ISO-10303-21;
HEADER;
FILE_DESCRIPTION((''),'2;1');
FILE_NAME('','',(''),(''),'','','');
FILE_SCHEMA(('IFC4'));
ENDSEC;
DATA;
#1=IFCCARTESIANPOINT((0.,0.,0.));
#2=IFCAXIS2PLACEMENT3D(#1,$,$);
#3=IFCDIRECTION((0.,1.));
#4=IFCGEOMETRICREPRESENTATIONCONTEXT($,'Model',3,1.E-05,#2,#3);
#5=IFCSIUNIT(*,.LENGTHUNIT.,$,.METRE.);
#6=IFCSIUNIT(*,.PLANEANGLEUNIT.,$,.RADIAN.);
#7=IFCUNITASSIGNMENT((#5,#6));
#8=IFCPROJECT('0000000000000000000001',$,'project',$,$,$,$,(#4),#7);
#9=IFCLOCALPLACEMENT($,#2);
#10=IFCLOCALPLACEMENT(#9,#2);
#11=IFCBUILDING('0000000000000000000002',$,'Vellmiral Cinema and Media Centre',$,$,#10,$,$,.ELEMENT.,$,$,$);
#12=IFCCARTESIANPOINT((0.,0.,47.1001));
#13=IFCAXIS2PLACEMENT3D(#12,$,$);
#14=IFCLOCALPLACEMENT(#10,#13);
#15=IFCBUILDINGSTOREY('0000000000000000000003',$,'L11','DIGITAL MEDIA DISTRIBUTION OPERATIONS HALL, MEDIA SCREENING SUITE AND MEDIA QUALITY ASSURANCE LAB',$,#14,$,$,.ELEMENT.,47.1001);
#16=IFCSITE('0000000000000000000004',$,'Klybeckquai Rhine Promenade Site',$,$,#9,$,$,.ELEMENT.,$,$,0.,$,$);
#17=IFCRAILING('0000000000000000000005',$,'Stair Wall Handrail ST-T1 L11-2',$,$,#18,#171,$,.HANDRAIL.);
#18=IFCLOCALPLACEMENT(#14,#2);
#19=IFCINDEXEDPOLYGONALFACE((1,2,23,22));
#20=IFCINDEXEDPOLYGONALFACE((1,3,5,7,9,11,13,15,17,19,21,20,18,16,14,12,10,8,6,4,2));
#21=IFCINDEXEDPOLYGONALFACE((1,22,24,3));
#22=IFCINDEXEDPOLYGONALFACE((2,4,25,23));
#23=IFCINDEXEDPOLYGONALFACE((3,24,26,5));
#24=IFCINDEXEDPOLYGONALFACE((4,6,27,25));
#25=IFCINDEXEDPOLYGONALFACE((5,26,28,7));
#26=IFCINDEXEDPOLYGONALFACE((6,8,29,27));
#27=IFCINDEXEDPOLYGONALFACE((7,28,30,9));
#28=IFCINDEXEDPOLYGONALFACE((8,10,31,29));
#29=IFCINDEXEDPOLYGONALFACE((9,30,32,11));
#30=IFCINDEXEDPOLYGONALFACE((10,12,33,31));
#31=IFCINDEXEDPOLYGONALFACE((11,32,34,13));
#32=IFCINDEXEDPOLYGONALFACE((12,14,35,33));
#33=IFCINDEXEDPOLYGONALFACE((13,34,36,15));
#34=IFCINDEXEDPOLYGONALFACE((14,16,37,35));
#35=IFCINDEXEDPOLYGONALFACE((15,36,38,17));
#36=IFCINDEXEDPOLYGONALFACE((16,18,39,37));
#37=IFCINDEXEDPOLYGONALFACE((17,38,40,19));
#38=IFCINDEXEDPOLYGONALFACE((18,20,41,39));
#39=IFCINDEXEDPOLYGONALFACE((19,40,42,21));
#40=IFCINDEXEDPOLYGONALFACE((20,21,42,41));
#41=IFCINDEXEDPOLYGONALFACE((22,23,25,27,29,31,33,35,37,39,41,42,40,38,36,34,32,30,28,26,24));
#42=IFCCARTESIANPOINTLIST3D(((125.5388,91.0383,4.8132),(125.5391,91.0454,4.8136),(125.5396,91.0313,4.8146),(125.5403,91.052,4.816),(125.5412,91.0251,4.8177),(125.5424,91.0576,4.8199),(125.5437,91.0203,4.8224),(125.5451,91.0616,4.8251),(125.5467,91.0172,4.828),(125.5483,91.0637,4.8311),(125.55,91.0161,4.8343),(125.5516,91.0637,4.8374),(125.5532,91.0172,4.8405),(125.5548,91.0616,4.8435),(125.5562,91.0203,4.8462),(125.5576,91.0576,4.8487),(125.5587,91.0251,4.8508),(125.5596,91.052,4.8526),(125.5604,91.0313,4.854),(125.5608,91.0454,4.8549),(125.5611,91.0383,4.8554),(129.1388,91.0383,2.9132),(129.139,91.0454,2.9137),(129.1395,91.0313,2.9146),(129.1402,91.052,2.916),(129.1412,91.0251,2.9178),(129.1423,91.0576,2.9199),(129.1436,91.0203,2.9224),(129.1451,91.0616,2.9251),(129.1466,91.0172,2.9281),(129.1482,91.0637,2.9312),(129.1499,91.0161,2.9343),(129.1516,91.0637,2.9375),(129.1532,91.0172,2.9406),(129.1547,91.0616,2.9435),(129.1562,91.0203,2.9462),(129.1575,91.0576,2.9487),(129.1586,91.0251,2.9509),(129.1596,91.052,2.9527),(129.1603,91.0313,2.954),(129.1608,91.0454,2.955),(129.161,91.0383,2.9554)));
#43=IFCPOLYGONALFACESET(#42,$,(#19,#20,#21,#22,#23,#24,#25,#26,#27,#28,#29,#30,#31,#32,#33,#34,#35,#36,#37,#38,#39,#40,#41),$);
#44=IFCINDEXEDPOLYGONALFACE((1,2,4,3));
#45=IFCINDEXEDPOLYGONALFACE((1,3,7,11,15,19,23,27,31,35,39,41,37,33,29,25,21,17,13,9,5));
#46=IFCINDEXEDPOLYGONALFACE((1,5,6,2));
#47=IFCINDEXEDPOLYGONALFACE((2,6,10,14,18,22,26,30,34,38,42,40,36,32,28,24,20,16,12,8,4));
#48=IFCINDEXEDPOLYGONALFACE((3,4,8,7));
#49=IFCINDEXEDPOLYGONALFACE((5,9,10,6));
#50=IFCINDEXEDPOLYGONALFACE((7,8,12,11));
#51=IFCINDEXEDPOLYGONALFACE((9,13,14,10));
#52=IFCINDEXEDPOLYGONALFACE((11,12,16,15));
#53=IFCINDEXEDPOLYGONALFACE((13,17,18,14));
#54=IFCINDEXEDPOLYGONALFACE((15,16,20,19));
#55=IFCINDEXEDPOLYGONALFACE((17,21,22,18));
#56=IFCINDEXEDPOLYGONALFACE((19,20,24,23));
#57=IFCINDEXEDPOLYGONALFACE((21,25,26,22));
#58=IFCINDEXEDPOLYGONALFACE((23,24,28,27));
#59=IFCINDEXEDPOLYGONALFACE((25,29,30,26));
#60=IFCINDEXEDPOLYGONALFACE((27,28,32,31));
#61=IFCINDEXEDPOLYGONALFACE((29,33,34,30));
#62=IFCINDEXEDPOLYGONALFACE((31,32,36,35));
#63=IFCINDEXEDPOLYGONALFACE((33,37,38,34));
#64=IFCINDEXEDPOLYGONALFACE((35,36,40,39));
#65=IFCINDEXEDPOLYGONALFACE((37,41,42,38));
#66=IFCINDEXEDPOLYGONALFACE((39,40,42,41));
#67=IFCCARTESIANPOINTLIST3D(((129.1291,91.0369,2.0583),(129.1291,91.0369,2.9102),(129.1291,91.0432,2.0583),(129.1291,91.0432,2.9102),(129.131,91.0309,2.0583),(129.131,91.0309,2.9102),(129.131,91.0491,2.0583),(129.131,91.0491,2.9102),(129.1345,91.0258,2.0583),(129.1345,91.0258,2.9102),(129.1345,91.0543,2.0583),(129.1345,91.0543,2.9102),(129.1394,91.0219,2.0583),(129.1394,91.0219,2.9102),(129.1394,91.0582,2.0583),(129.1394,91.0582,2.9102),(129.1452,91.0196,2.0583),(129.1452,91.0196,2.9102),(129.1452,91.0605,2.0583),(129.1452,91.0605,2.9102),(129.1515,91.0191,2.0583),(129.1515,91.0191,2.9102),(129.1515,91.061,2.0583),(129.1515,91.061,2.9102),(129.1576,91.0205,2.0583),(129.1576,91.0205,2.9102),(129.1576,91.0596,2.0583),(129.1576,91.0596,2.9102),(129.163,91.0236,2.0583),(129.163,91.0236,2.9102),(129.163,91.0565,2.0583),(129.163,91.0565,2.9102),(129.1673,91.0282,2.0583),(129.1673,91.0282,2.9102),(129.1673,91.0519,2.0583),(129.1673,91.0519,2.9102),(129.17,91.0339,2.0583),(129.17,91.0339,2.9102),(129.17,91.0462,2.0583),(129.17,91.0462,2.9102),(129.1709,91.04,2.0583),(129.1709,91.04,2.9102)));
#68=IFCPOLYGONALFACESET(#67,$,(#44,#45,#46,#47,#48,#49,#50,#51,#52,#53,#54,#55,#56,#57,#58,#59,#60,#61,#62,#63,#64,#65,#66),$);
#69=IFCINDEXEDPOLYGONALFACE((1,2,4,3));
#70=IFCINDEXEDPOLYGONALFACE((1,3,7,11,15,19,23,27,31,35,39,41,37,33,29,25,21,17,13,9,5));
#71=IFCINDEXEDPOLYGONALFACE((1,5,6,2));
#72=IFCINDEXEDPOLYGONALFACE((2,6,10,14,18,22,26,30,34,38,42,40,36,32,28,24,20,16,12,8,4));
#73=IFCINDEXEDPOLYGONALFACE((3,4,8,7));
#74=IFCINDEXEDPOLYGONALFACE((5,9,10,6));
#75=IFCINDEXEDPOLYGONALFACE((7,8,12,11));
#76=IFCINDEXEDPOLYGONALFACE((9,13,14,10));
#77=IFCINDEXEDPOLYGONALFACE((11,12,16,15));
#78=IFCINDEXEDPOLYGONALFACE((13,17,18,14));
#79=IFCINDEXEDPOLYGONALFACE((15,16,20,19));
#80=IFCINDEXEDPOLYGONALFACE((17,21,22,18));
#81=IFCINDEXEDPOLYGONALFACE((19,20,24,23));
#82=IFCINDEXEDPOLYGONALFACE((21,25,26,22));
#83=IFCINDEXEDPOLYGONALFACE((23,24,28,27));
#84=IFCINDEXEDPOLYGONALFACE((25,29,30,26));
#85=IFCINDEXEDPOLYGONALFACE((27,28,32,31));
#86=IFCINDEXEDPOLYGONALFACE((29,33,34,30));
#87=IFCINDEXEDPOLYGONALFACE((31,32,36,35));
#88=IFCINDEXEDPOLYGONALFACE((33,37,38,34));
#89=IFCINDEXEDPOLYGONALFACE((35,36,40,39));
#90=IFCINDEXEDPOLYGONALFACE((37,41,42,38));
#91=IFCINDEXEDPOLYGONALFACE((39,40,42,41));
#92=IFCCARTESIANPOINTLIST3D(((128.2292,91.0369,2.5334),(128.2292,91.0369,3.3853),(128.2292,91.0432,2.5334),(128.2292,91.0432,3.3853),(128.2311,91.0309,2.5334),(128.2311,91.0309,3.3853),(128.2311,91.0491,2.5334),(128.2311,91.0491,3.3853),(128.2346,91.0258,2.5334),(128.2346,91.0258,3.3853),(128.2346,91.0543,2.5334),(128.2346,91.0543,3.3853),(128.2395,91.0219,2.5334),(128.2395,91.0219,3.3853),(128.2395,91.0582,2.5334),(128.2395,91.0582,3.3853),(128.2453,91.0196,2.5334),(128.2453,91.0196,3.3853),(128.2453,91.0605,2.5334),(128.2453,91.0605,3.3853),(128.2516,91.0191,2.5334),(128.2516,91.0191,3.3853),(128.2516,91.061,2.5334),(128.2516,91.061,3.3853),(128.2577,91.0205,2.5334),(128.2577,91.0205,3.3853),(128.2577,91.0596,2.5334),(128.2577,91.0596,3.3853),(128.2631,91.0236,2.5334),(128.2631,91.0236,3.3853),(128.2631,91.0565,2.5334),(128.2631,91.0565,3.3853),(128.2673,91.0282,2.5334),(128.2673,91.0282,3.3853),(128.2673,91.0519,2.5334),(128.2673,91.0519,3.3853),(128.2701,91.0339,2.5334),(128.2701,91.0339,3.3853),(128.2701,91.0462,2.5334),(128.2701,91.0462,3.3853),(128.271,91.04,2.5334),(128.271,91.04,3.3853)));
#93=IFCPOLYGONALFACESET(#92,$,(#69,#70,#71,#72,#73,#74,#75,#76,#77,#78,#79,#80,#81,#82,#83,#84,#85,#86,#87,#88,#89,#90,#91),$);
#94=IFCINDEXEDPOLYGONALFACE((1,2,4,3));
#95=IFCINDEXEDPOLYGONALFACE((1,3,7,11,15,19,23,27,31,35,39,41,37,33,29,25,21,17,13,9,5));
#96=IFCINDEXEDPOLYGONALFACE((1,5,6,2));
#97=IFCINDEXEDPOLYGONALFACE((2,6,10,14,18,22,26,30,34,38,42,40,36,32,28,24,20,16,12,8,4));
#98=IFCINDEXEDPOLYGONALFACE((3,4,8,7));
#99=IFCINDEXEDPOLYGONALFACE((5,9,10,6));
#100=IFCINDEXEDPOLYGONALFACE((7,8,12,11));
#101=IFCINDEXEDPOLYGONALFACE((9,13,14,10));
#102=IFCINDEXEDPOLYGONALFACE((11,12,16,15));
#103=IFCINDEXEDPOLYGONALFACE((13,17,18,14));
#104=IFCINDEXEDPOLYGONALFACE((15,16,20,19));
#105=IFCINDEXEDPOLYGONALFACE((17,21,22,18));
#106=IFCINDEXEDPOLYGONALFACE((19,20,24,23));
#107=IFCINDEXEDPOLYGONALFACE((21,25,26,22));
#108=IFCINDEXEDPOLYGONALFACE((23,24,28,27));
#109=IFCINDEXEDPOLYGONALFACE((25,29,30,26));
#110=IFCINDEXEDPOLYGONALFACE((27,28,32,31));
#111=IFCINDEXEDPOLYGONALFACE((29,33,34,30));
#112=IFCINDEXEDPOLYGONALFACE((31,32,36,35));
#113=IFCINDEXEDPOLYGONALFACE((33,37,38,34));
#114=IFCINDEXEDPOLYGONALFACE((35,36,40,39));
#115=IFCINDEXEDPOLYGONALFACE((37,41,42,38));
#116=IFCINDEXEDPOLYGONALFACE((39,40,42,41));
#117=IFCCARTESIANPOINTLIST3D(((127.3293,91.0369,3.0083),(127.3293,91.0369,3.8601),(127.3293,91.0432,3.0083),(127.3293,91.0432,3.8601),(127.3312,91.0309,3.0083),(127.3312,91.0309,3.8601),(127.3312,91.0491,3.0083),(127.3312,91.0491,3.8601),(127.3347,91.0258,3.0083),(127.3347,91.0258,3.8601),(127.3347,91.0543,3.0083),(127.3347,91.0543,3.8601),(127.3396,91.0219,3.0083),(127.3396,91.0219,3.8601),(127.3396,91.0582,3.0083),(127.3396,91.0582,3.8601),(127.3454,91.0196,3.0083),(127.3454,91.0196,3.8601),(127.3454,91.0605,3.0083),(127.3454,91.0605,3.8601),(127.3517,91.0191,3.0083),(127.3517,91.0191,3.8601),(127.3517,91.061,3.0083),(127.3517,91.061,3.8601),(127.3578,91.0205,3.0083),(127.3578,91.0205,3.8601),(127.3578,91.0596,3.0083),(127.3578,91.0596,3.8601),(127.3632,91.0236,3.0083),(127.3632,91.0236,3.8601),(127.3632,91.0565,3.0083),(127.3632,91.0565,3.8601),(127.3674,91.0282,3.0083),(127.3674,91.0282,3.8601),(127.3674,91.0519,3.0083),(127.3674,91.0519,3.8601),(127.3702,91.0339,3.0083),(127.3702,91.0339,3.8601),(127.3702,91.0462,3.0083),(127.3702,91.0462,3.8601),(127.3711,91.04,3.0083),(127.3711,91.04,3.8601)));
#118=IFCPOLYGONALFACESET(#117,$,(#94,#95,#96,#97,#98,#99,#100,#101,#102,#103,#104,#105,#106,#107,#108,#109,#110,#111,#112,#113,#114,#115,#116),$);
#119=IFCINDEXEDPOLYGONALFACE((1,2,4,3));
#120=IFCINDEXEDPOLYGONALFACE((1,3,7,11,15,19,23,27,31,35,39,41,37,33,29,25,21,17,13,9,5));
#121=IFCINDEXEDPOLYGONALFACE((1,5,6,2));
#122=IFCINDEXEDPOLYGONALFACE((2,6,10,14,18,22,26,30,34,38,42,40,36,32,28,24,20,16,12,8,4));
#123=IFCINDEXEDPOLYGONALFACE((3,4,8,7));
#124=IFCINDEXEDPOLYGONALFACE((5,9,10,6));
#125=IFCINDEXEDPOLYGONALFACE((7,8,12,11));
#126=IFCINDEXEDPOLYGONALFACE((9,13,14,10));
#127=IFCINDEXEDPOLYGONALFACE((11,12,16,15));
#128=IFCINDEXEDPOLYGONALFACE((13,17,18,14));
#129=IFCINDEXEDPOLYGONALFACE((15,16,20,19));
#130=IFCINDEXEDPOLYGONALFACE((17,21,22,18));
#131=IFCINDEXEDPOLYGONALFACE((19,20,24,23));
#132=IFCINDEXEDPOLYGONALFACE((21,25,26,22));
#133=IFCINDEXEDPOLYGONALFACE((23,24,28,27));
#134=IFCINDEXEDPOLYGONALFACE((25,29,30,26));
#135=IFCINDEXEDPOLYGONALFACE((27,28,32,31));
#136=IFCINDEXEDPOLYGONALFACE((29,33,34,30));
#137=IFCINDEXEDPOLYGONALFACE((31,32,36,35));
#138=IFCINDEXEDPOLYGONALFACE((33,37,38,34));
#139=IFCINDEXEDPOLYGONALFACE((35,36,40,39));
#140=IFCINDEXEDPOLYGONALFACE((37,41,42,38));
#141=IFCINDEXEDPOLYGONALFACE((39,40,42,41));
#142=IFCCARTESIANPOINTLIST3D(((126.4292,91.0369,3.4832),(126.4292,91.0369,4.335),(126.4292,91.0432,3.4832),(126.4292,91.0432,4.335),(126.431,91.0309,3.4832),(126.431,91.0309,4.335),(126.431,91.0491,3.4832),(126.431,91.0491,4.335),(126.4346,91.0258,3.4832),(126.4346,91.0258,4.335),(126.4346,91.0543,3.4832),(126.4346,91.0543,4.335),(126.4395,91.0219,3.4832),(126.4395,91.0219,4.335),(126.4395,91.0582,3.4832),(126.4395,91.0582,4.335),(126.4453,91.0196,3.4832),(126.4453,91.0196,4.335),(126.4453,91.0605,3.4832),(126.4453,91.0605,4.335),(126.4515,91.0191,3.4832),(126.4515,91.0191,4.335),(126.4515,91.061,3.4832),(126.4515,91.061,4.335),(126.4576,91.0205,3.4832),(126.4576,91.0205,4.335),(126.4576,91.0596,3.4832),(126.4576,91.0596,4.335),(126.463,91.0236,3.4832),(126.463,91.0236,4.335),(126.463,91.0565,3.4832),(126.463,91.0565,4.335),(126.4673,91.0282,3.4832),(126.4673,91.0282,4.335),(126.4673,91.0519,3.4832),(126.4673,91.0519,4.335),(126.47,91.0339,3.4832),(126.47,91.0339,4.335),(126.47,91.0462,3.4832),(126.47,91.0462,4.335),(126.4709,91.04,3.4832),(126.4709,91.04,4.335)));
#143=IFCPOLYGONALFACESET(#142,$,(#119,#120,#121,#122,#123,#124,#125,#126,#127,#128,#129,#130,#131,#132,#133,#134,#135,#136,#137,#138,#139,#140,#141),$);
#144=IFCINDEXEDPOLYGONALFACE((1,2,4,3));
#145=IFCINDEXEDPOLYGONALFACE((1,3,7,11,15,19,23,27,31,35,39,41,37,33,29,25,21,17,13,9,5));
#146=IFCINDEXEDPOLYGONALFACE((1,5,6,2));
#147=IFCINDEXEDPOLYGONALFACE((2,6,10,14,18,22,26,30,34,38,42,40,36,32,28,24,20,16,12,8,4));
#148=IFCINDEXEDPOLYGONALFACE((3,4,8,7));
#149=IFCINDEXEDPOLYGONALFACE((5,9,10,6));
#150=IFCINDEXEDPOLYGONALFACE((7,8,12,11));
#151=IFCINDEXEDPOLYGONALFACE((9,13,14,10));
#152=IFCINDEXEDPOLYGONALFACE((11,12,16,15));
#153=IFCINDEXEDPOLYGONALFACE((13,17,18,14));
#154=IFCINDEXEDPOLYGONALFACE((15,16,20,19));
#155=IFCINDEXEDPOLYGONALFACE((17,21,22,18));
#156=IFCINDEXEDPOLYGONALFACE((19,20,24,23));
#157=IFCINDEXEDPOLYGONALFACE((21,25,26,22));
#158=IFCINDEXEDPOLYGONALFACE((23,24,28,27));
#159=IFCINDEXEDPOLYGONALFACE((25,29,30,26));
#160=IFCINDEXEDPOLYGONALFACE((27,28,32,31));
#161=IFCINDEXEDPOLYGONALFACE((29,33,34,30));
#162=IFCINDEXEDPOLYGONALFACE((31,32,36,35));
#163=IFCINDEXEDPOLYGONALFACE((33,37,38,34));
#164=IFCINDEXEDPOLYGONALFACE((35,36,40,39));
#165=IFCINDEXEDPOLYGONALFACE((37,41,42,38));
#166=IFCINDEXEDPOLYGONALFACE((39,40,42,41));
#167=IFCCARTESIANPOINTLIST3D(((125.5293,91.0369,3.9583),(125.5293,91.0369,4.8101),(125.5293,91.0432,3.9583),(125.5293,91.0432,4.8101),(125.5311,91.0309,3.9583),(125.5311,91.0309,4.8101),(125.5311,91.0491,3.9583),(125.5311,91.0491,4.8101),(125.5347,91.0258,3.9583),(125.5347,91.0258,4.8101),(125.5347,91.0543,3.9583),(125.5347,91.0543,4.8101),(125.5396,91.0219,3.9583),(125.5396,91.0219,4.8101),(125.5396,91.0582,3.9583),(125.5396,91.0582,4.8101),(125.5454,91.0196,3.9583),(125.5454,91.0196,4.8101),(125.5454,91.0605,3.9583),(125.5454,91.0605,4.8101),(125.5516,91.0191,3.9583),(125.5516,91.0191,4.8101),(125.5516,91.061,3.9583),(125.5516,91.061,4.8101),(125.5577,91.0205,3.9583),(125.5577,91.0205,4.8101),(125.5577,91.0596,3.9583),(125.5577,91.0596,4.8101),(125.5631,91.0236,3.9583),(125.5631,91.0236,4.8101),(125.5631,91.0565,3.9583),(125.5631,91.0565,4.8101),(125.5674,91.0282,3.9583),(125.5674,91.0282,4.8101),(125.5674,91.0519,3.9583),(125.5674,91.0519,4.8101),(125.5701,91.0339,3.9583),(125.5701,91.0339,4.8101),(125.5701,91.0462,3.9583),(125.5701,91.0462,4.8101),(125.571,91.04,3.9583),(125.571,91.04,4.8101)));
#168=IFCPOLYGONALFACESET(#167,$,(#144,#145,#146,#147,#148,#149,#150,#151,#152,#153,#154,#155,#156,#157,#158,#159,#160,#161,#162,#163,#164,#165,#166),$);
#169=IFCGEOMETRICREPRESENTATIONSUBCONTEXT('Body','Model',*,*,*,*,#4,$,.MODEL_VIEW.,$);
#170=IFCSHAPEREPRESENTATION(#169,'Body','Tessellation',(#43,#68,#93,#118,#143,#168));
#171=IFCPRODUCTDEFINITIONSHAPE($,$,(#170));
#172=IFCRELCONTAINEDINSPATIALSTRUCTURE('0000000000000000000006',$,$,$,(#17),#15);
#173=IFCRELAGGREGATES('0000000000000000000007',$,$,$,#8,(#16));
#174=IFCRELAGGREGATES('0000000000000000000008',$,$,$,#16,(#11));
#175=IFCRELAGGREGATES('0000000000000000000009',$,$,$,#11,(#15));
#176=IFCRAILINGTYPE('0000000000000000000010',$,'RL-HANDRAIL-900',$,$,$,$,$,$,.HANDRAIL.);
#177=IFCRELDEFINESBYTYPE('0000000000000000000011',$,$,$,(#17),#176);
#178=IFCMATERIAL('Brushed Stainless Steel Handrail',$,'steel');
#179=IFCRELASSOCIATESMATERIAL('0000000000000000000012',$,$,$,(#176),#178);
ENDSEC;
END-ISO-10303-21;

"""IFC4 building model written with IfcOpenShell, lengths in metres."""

from ifc_helpers import new_model, si_unit, direction, frame, origin, origin_2d, place, context, subcontext, project, spatial, circle, extrude, material, type_object, element, save


model = new_model("IFC4")

# Units and contexts
model_context = context("Model", 3, precision=1e-05, world=origin(), true_north=direction((0.0, 1.0)))
body_context = subcontext(model_context, "Body", "Model", "MODEL_VIEW")
ifc_project = project(units=[si_unit("LENGTHUNIT", "METRE"), si_unit("PLANEANGLEUNIT", "RADIAN")], contexts=[model_context])

# Site, building, storey
site_placement = place(None, origin())
site = spatial("IfcSite", under=ifc_project, at=site_placement, Name="Klybeckquai Rhine Promenade Site", CompositionType="ELEMENT", RefElevation=0.0)
building_placement = place(site_placement, origin())
building = spatial("IfcBuilding", under=site, at=building_placement, Name="Vellmiral Cinema and Media Centre", CompositionType="ELEMENT")
storey_placement = place(building_placement, frame((0.0, 0.0, 47.1001)))
storey = spatial("IfcBuildingStorey", under=building, at=storey_placement, Name="L11", Description="DIGITAL MEDIA DISTRIBUTION OPERATIONS HALL, MEDIA SCREENING SUITE AND MEDIA QUALITY ASSURANCE LAB", CompositionType="ELEMENT", Elevation=47.1001)

# Railing
ifc_material_1 = material(Name="Brushed Stainless Steel Handrail", Category="steel")
railing_type_1 = type_object("IfcRailingType", Name="RL-HANDRAIL-900", PredefinedType="HANDRAIL", material=ifc_material_1)
railing_1_placement = place(storey_placement, frame((129.1499, 91.04, 2.0583)))
element("IfcRailing", 1, at=railing_1_placement, inside=storey, type_object=railing_type_1, Name="Stair Wall Handrail ST-T1 L11-2", PredefinedType="HANDRAIL", context=body_context, shape_type="SweptSolid", body=[
    extrude(circle(Radius=0.0239, at=origin_2d()), frame((0.0, 0.0, 0.876), z_axis=(-0.884387, 0.0, 0.466755), x_axis=(0.0, -1.0, 0.0)), (0.0, 0.0, 1.0), 4.0706),
    extrude(circle(Radius=0.021, at=origin_2d()), origin(), (0.0, 0.0, 1.0), 0.8518),
    extrude(circle(Radius=0.021, at=origin_2d()), frame((-0.8999, 0.0, 0.4751)), (0.0, 0.0, 1.0), 0.8518),
    extrude(circle(Radius=0.021, at=origin_2d()), frame((-1.7998, 0.0, 0.95)), (0.0, 0.0, 1.0), 0.8518),
    extrude(circle(Radius=0.021, at=origin_2d()), frame((-2.7, 0.0, 1.4248)), (0.0, 0.0, 1.0), 0.8518),
    extrude(circle(Radius=0.021, at=origin_2d()), frame((-3.5999, 0.0, 1.8999)), (0.0, 0.0, 1.0), 0.8518),
])

save(model, "model.ifc")
